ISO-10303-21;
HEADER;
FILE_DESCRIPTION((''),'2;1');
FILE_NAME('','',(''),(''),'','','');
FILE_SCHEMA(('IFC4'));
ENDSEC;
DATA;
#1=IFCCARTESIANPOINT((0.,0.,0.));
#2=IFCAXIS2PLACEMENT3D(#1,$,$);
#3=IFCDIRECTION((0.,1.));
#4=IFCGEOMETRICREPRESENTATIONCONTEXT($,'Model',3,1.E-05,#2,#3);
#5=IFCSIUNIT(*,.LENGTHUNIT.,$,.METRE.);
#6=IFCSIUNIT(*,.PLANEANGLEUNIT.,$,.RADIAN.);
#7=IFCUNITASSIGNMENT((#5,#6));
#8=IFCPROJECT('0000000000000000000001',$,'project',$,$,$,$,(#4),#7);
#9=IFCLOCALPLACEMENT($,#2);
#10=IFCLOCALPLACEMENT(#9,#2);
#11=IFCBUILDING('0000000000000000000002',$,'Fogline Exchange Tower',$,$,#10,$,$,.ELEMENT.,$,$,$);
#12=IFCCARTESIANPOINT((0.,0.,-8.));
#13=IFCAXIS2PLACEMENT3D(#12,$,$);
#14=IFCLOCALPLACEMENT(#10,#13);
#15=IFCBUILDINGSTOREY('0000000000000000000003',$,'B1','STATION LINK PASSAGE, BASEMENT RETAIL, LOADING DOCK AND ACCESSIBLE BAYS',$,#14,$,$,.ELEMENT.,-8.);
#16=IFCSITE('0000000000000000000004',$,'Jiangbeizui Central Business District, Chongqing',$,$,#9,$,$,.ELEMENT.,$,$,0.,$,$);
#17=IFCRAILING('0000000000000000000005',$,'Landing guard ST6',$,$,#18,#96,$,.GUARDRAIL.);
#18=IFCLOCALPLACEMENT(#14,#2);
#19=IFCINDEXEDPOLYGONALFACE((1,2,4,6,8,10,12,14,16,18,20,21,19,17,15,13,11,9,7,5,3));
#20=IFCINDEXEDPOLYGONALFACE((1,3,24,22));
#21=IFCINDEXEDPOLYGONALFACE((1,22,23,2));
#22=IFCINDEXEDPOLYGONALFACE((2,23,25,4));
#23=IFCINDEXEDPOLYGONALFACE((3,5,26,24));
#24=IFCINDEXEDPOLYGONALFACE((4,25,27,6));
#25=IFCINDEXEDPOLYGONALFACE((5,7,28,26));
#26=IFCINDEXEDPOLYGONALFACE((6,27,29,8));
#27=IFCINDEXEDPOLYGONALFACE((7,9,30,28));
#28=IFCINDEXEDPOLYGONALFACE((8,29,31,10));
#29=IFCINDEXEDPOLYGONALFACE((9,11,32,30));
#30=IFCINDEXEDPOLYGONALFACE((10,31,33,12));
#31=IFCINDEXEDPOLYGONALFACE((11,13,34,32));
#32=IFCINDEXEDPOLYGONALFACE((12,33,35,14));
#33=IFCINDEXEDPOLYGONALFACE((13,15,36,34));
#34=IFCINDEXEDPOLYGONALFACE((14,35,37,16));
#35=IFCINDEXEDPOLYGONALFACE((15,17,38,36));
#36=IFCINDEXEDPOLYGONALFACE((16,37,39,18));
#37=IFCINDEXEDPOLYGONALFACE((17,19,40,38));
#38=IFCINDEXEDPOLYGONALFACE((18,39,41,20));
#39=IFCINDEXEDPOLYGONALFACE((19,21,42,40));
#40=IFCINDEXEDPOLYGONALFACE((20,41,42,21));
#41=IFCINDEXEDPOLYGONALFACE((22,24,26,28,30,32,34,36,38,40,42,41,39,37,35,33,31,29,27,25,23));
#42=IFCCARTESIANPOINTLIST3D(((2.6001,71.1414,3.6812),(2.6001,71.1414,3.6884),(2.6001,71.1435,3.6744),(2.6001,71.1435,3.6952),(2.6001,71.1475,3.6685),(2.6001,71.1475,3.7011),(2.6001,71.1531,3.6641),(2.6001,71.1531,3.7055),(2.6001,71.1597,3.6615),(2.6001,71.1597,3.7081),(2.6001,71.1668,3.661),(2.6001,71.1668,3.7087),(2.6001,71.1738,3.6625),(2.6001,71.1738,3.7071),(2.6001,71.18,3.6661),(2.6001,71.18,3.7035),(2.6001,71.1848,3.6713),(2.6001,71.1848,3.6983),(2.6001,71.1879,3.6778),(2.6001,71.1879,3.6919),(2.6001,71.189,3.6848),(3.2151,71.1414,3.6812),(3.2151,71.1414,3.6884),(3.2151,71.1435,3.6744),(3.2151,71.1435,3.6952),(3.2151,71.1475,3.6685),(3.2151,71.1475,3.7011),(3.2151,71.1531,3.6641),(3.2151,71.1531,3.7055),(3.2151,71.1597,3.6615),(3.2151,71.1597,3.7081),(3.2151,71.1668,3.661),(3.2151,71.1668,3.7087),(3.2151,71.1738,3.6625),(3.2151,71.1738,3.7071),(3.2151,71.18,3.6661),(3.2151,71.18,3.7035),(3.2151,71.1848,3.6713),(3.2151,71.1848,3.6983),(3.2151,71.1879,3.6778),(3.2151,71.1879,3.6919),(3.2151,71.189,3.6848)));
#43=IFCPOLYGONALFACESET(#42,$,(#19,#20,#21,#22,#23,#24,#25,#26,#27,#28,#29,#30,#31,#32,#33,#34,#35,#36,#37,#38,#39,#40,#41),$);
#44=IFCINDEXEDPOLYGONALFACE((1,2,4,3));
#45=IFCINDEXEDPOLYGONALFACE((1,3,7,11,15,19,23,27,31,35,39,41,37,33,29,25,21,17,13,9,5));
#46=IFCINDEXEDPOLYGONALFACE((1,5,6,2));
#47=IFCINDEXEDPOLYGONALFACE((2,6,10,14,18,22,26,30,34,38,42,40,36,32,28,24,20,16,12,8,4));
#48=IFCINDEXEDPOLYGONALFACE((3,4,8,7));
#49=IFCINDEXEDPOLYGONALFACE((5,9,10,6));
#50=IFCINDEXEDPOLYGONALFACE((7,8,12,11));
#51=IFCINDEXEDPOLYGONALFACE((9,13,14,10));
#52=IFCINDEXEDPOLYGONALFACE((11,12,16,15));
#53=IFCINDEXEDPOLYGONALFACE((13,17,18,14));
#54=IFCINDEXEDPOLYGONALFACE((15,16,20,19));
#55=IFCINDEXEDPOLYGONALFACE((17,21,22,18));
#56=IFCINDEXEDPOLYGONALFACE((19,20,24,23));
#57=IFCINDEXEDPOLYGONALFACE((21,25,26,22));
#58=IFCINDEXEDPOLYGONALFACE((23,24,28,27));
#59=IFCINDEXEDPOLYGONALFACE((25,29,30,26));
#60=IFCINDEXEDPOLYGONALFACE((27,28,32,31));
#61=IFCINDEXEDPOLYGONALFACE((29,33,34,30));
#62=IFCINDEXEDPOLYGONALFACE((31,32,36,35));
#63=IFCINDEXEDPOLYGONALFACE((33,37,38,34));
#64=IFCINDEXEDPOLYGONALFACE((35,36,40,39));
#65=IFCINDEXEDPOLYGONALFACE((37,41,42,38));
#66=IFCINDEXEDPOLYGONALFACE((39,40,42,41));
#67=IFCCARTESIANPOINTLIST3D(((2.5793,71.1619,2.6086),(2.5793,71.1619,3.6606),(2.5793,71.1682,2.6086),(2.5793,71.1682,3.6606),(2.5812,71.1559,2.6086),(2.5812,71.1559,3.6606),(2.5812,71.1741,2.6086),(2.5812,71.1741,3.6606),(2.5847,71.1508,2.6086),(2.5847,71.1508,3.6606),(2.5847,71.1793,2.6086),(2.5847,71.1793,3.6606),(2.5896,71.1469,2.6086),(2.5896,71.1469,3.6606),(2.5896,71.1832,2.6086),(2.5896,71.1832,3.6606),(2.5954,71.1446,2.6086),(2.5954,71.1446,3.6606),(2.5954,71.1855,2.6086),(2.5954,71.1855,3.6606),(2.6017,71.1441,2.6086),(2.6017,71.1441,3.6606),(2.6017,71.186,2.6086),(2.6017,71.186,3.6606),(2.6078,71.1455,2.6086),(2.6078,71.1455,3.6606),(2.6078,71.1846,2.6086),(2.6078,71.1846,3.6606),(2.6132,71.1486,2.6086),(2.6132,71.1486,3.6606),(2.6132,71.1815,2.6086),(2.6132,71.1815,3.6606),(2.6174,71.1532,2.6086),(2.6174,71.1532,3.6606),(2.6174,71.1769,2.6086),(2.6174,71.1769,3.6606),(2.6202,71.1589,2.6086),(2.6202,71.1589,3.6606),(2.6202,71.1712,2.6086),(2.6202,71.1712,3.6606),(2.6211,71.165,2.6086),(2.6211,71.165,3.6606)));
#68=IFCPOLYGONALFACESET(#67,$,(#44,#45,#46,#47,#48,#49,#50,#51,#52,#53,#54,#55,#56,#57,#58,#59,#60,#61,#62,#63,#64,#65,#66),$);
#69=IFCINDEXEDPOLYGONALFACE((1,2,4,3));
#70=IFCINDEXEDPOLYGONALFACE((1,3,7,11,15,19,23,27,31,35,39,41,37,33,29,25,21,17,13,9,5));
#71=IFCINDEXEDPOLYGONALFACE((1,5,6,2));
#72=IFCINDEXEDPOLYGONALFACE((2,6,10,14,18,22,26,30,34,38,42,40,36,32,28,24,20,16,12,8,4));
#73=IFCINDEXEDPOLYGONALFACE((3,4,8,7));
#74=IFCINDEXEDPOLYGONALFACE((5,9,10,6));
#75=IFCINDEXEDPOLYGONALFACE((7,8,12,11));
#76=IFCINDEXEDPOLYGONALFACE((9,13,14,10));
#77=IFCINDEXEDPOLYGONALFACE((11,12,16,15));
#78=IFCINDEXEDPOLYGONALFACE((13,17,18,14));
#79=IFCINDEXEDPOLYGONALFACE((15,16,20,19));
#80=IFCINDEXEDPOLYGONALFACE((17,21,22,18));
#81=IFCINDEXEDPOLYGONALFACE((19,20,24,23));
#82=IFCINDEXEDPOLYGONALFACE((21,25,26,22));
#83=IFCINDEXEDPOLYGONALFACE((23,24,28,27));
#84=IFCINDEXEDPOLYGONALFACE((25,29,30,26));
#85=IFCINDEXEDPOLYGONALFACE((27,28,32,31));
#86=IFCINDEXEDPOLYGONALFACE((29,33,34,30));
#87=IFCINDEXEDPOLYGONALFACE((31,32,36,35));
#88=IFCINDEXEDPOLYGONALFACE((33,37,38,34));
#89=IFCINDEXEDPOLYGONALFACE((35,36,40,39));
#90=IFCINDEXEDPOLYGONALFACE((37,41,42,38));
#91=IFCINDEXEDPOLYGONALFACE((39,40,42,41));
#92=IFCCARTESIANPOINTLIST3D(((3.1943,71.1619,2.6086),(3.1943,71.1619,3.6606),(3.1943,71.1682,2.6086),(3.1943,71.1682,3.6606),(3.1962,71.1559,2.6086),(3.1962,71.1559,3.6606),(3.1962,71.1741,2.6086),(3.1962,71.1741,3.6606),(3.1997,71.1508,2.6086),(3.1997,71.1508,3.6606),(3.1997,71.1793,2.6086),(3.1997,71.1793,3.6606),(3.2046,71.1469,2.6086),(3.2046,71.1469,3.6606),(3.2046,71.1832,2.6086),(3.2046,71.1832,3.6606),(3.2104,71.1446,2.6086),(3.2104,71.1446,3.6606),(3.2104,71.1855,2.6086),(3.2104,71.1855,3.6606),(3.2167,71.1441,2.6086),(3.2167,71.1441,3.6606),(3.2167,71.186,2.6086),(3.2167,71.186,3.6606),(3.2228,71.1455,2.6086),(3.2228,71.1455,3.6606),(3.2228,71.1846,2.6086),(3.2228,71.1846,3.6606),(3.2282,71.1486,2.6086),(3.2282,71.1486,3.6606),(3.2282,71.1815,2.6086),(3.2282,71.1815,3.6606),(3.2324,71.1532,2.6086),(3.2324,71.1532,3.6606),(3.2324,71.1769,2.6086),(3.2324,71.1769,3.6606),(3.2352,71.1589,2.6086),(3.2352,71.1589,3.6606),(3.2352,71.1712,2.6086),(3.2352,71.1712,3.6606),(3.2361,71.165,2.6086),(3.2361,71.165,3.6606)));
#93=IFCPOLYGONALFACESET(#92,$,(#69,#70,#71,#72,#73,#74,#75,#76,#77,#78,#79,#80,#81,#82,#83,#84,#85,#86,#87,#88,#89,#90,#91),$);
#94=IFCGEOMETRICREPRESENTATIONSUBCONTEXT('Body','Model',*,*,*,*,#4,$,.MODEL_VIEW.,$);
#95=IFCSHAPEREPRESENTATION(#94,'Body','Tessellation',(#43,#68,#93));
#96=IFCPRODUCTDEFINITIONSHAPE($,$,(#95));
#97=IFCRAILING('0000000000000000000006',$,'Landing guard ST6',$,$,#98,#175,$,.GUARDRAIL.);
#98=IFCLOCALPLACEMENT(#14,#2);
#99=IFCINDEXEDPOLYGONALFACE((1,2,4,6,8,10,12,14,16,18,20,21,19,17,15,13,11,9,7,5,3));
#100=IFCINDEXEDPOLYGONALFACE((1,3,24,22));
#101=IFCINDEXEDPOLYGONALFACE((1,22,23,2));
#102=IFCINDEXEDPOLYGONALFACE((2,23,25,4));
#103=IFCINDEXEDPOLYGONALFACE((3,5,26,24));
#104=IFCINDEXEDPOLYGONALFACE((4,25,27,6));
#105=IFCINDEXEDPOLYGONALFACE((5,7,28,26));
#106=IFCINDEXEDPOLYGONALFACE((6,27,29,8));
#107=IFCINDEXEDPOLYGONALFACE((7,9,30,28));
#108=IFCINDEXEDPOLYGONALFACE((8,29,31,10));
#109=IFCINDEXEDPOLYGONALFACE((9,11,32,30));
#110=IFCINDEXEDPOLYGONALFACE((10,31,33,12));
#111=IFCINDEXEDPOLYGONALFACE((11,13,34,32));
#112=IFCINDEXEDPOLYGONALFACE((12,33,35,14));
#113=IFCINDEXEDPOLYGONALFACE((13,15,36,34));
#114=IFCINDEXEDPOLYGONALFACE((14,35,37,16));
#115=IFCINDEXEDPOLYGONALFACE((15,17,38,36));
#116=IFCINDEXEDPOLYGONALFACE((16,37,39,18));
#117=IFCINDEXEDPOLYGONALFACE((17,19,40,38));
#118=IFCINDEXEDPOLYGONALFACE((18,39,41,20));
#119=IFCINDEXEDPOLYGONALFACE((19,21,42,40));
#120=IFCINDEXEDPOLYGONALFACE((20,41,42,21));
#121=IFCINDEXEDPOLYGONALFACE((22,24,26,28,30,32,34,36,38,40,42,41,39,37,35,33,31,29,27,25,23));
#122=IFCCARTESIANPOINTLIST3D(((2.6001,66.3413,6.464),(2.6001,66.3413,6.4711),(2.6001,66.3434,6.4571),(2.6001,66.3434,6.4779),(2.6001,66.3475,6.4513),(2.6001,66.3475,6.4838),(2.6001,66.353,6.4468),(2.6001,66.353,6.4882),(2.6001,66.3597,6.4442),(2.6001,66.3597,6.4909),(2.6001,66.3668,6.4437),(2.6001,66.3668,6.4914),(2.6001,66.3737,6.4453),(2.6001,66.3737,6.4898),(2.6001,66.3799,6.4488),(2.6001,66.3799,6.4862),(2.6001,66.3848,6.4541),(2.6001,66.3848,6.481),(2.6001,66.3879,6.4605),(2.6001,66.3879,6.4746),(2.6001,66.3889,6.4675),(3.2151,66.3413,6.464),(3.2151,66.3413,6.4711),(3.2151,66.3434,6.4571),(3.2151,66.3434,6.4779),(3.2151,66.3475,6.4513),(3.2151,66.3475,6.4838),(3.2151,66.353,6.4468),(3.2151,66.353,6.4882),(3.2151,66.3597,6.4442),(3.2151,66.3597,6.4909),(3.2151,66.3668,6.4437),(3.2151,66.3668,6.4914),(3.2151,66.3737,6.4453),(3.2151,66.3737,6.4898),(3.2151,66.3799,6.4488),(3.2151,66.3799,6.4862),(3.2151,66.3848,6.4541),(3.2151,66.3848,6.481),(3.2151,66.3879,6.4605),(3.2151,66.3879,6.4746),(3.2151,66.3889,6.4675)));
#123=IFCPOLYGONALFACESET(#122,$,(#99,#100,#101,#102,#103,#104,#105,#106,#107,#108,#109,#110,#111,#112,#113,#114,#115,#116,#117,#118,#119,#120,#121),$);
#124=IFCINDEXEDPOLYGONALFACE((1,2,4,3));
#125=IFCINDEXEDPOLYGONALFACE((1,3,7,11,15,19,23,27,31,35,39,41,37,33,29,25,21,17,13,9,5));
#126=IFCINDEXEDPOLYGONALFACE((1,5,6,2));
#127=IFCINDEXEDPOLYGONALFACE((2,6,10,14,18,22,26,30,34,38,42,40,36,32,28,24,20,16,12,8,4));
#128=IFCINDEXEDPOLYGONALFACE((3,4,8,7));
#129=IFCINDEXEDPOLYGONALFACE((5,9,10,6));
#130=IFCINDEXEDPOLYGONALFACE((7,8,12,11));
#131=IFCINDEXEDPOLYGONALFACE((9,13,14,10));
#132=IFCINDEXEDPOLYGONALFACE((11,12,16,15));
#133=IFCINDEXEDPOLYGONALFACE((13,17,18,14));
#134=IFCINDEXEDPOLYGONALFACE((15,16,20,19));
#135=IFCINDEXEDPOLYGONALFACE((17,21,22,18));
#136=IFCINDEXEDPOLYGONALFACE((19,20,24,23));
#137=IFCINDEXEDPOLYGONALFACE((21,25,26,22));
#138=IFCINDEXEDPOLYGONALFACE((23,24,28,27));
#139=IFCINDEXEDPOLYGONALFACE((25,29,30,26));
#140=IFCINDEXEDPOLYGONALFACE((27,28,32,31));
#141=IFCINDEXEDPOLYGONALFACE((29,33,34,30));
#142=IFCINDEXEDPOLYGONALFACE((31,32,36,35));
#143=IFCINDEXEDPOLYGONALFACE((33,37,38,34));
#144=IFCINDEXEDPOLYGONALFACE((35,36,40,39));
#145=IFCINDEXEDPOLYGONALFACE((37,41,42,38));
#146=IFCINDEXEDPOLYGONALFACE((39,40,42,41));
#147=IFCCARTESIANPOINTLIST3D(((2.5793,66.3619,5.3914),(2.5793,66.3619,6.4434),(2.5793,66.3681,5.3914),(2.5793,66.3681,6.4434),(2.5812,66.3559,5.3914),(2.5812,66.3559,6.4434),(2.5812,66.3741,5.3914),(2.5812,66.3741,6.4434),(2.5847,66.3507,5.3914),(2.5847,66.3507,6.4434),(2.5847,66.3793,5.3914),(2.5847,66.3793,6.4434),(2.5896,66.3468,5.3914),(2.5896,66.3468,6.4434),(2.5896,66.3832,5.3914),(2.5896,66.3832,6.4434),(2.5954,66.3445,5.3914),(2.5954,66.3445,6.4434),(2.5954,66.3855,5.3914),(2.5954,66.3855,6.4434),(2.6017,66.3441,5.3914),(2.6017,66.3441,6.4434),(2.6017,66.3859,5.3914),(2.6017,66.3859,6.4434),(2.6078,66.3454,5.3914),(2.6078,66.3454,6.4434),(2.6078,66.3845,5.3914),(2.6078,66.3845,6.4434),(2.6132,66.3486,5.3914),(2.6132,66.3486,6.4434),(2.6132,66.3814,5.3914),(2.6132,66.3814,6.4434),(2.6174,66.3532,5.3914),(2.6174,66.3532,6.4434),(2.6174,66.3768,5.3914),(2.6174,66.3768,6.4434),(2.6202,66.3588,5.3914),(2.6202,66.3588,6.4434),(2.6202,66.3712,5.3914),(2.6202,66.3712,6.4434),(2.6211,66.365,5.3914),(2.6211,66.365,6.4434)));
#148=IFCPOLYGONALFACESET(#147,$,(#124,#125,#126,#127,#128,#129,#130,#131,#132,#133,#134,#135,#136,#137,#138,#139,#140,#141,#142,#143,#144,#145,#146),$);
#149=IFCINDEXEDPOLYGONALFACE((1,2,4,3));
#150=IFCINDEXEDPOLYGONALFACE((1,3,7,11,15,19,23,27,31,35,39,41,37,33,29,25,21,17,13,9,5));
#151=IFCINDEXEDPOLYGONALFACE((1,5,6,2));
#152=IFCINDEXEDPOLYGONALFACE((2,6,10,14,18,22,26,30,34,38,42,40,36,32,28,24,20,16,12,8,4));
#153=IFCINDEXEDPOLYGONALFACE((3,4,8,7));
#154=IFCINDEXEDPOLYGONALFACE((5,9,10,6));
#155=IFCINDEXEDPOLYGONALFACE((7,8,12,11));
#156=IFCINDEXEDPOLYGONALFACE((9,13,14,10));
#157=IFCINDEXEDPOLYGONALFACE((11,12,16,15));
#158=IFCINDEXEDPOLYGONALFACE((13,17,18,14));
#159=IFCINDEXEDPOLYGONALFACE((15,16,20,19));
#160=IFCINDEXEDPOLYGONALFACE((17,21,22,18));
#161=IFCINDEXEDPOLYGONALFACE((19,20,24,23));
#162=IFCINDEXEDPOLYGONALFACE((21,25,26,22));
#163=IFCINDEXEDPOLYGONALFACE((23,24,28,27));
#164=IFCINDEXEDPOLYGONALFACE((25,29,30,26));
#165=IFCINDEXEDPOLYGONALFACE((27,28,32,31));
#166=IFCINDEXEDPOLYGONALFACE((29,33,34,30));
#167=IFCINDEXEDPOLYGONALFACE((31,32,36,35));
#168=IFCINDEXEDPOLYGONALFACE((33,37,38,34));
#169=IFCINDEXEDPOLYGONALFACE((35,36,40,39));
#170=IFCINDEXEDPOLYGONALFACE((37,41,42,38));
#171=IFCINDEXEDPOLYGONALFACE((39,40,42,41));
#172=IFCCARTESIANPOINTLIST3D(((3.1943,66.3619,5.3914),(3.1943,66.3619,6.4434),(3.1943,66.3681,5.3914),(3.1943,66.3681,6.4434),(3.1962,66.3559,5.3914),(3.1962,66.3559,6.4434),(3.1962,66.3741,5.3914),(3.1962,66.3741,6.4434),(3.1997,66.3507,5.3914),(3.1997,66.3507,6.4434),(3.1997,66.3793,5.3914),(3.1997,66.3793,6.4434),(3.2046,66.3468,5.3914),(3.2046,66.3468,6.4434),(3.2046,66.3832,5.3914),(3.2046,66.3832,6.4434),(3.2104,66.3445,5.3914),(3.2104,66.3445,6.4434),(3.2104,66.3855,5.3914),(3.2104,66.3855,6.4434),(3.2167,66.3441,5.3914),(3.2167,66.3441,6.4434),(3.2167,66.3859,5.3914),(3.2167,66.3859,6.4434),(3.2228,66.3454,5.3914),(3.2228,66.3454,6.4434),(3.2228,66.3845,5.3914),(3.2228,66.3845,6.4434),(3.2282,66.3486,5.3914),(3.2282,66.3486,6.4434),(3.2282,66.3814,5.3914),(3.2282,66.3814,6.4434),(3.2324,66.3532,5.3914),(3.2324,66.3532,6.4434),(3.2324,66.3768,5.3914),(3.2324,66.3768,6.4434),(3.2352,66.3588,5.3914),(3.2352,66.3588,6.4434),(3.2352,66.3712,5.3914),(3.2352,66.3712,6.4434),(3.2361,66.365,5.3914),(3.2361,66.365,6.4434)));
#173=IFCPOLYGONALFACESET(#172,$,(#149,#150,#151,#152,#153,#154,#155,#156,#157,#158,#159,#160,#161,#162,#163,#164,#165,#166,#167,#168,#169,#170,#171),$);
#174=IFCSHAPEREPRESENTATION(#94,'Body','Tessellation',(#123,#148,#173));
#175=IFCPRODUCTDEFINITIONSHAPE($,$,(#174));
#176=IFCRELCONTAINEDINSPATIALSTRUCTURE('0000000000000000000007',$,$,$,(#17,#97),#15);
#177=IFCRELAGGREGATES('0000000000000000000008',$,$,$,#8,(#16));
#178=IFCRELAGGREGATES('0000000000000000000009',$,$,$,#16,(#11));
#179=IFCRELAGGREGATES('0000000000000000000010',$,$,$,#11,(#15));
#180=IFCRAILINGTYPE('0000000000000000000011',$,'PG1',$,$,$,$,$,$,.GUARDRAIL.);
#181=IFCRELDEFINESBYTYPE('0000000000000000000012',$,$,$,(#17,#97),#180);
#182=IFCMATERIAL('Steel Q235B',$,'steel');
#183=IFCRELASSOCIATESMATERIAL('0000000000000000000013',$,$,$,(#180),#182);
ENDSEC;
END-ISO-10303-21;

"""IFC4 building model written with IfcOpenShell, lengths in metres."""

from ifc_helpers import new_model, si_unit, direction, frame, origin, origin_2d, place, context, subcontext, project, spatial, circle, extrude, material, type_object, element, save


model = new_model("IFC4")

# Units and contexts
model_context = context("Model", 3, precision=1e-05, world=origin(), true_north=direction((0.0, 1.0)))
body_context = subcontext(model_context, "Body", "Model", "MODEL_VIEW")
ifc_project = project(units=[si_unit("LENGTHUNIT", "METRE"), si_unit("PLANEANGLEUNIT", "RADIAN")], contexts=[model_context])

# Site, building, storey
site_placement = place(None, origin())
site = spatial("IfcSite", under=ifc_project, at=site_placement, Name="Jiangbeizui Central Business District, Chongqing", CompositionType="ELEMENT", RefElevation=0.0)
building_placement = place(site_placement, origin())
building = spatial("IfcBuilding", under=site, at=building_placement, Name="Fogline Exchange Tower", CompositionType="ELEMENT")
storey_placement = place(building_placement, frame((0.0, 0.0, -8.0)))
storey = spatial("IfcBuildingStorey", under=building, at=storey_placement, Name="B1", Description="STATION LINK PASSAGE, BASEMENT RETAIL, LOADING DOCK AND ACCESSIBLE BAYS", CompositionType="ELEMENT", Elevation=-8.0)

# Shared definitions
ifc_material_1 = material(Name="Steel Q235B", Category="steel")

# Railings
railing_type_1 = type_object("IfcRailingType", Name="PG1", PredefinedType="GUARDRAIL", material=ifc_material_1)
for number, where, name in (
    (1, (2.6001, 71.165, 2.6086), "Landing guard ST6"),
    (2, (2.6001, 66.365, 5.3914), "Landing guard ST6"),
):
    element("IfcRailing", number, at=place(storey_placement, frame(where)), inside=storey, type_object=railing_type_1, Name=name, PredefinedType="GUARDRAIL", context=body_context, shape_type="SweptSolid", body=[
        extrude(circle(Radius=0.0239, at=origin_2d()), frame((0.0, 0.0, 1.0762), z_axis=(1.0, 0.0, 0.0), x_axis=(0.0, 1.0, 0.0)), (0.0, 0.0, 1.0), 0.615),
        extrude(circle(Radius=0.021, at=origin_2d()), origin(), (0.0, 0.0, 1.0), 1.052),
        extrude(circle(Radius=0.021, at=origin_2d()), frame((0.615, 0.0, 0.0)), (0.0, 0.0, 1.0), 1.052),
    ])

save(model, "model.ifc")
